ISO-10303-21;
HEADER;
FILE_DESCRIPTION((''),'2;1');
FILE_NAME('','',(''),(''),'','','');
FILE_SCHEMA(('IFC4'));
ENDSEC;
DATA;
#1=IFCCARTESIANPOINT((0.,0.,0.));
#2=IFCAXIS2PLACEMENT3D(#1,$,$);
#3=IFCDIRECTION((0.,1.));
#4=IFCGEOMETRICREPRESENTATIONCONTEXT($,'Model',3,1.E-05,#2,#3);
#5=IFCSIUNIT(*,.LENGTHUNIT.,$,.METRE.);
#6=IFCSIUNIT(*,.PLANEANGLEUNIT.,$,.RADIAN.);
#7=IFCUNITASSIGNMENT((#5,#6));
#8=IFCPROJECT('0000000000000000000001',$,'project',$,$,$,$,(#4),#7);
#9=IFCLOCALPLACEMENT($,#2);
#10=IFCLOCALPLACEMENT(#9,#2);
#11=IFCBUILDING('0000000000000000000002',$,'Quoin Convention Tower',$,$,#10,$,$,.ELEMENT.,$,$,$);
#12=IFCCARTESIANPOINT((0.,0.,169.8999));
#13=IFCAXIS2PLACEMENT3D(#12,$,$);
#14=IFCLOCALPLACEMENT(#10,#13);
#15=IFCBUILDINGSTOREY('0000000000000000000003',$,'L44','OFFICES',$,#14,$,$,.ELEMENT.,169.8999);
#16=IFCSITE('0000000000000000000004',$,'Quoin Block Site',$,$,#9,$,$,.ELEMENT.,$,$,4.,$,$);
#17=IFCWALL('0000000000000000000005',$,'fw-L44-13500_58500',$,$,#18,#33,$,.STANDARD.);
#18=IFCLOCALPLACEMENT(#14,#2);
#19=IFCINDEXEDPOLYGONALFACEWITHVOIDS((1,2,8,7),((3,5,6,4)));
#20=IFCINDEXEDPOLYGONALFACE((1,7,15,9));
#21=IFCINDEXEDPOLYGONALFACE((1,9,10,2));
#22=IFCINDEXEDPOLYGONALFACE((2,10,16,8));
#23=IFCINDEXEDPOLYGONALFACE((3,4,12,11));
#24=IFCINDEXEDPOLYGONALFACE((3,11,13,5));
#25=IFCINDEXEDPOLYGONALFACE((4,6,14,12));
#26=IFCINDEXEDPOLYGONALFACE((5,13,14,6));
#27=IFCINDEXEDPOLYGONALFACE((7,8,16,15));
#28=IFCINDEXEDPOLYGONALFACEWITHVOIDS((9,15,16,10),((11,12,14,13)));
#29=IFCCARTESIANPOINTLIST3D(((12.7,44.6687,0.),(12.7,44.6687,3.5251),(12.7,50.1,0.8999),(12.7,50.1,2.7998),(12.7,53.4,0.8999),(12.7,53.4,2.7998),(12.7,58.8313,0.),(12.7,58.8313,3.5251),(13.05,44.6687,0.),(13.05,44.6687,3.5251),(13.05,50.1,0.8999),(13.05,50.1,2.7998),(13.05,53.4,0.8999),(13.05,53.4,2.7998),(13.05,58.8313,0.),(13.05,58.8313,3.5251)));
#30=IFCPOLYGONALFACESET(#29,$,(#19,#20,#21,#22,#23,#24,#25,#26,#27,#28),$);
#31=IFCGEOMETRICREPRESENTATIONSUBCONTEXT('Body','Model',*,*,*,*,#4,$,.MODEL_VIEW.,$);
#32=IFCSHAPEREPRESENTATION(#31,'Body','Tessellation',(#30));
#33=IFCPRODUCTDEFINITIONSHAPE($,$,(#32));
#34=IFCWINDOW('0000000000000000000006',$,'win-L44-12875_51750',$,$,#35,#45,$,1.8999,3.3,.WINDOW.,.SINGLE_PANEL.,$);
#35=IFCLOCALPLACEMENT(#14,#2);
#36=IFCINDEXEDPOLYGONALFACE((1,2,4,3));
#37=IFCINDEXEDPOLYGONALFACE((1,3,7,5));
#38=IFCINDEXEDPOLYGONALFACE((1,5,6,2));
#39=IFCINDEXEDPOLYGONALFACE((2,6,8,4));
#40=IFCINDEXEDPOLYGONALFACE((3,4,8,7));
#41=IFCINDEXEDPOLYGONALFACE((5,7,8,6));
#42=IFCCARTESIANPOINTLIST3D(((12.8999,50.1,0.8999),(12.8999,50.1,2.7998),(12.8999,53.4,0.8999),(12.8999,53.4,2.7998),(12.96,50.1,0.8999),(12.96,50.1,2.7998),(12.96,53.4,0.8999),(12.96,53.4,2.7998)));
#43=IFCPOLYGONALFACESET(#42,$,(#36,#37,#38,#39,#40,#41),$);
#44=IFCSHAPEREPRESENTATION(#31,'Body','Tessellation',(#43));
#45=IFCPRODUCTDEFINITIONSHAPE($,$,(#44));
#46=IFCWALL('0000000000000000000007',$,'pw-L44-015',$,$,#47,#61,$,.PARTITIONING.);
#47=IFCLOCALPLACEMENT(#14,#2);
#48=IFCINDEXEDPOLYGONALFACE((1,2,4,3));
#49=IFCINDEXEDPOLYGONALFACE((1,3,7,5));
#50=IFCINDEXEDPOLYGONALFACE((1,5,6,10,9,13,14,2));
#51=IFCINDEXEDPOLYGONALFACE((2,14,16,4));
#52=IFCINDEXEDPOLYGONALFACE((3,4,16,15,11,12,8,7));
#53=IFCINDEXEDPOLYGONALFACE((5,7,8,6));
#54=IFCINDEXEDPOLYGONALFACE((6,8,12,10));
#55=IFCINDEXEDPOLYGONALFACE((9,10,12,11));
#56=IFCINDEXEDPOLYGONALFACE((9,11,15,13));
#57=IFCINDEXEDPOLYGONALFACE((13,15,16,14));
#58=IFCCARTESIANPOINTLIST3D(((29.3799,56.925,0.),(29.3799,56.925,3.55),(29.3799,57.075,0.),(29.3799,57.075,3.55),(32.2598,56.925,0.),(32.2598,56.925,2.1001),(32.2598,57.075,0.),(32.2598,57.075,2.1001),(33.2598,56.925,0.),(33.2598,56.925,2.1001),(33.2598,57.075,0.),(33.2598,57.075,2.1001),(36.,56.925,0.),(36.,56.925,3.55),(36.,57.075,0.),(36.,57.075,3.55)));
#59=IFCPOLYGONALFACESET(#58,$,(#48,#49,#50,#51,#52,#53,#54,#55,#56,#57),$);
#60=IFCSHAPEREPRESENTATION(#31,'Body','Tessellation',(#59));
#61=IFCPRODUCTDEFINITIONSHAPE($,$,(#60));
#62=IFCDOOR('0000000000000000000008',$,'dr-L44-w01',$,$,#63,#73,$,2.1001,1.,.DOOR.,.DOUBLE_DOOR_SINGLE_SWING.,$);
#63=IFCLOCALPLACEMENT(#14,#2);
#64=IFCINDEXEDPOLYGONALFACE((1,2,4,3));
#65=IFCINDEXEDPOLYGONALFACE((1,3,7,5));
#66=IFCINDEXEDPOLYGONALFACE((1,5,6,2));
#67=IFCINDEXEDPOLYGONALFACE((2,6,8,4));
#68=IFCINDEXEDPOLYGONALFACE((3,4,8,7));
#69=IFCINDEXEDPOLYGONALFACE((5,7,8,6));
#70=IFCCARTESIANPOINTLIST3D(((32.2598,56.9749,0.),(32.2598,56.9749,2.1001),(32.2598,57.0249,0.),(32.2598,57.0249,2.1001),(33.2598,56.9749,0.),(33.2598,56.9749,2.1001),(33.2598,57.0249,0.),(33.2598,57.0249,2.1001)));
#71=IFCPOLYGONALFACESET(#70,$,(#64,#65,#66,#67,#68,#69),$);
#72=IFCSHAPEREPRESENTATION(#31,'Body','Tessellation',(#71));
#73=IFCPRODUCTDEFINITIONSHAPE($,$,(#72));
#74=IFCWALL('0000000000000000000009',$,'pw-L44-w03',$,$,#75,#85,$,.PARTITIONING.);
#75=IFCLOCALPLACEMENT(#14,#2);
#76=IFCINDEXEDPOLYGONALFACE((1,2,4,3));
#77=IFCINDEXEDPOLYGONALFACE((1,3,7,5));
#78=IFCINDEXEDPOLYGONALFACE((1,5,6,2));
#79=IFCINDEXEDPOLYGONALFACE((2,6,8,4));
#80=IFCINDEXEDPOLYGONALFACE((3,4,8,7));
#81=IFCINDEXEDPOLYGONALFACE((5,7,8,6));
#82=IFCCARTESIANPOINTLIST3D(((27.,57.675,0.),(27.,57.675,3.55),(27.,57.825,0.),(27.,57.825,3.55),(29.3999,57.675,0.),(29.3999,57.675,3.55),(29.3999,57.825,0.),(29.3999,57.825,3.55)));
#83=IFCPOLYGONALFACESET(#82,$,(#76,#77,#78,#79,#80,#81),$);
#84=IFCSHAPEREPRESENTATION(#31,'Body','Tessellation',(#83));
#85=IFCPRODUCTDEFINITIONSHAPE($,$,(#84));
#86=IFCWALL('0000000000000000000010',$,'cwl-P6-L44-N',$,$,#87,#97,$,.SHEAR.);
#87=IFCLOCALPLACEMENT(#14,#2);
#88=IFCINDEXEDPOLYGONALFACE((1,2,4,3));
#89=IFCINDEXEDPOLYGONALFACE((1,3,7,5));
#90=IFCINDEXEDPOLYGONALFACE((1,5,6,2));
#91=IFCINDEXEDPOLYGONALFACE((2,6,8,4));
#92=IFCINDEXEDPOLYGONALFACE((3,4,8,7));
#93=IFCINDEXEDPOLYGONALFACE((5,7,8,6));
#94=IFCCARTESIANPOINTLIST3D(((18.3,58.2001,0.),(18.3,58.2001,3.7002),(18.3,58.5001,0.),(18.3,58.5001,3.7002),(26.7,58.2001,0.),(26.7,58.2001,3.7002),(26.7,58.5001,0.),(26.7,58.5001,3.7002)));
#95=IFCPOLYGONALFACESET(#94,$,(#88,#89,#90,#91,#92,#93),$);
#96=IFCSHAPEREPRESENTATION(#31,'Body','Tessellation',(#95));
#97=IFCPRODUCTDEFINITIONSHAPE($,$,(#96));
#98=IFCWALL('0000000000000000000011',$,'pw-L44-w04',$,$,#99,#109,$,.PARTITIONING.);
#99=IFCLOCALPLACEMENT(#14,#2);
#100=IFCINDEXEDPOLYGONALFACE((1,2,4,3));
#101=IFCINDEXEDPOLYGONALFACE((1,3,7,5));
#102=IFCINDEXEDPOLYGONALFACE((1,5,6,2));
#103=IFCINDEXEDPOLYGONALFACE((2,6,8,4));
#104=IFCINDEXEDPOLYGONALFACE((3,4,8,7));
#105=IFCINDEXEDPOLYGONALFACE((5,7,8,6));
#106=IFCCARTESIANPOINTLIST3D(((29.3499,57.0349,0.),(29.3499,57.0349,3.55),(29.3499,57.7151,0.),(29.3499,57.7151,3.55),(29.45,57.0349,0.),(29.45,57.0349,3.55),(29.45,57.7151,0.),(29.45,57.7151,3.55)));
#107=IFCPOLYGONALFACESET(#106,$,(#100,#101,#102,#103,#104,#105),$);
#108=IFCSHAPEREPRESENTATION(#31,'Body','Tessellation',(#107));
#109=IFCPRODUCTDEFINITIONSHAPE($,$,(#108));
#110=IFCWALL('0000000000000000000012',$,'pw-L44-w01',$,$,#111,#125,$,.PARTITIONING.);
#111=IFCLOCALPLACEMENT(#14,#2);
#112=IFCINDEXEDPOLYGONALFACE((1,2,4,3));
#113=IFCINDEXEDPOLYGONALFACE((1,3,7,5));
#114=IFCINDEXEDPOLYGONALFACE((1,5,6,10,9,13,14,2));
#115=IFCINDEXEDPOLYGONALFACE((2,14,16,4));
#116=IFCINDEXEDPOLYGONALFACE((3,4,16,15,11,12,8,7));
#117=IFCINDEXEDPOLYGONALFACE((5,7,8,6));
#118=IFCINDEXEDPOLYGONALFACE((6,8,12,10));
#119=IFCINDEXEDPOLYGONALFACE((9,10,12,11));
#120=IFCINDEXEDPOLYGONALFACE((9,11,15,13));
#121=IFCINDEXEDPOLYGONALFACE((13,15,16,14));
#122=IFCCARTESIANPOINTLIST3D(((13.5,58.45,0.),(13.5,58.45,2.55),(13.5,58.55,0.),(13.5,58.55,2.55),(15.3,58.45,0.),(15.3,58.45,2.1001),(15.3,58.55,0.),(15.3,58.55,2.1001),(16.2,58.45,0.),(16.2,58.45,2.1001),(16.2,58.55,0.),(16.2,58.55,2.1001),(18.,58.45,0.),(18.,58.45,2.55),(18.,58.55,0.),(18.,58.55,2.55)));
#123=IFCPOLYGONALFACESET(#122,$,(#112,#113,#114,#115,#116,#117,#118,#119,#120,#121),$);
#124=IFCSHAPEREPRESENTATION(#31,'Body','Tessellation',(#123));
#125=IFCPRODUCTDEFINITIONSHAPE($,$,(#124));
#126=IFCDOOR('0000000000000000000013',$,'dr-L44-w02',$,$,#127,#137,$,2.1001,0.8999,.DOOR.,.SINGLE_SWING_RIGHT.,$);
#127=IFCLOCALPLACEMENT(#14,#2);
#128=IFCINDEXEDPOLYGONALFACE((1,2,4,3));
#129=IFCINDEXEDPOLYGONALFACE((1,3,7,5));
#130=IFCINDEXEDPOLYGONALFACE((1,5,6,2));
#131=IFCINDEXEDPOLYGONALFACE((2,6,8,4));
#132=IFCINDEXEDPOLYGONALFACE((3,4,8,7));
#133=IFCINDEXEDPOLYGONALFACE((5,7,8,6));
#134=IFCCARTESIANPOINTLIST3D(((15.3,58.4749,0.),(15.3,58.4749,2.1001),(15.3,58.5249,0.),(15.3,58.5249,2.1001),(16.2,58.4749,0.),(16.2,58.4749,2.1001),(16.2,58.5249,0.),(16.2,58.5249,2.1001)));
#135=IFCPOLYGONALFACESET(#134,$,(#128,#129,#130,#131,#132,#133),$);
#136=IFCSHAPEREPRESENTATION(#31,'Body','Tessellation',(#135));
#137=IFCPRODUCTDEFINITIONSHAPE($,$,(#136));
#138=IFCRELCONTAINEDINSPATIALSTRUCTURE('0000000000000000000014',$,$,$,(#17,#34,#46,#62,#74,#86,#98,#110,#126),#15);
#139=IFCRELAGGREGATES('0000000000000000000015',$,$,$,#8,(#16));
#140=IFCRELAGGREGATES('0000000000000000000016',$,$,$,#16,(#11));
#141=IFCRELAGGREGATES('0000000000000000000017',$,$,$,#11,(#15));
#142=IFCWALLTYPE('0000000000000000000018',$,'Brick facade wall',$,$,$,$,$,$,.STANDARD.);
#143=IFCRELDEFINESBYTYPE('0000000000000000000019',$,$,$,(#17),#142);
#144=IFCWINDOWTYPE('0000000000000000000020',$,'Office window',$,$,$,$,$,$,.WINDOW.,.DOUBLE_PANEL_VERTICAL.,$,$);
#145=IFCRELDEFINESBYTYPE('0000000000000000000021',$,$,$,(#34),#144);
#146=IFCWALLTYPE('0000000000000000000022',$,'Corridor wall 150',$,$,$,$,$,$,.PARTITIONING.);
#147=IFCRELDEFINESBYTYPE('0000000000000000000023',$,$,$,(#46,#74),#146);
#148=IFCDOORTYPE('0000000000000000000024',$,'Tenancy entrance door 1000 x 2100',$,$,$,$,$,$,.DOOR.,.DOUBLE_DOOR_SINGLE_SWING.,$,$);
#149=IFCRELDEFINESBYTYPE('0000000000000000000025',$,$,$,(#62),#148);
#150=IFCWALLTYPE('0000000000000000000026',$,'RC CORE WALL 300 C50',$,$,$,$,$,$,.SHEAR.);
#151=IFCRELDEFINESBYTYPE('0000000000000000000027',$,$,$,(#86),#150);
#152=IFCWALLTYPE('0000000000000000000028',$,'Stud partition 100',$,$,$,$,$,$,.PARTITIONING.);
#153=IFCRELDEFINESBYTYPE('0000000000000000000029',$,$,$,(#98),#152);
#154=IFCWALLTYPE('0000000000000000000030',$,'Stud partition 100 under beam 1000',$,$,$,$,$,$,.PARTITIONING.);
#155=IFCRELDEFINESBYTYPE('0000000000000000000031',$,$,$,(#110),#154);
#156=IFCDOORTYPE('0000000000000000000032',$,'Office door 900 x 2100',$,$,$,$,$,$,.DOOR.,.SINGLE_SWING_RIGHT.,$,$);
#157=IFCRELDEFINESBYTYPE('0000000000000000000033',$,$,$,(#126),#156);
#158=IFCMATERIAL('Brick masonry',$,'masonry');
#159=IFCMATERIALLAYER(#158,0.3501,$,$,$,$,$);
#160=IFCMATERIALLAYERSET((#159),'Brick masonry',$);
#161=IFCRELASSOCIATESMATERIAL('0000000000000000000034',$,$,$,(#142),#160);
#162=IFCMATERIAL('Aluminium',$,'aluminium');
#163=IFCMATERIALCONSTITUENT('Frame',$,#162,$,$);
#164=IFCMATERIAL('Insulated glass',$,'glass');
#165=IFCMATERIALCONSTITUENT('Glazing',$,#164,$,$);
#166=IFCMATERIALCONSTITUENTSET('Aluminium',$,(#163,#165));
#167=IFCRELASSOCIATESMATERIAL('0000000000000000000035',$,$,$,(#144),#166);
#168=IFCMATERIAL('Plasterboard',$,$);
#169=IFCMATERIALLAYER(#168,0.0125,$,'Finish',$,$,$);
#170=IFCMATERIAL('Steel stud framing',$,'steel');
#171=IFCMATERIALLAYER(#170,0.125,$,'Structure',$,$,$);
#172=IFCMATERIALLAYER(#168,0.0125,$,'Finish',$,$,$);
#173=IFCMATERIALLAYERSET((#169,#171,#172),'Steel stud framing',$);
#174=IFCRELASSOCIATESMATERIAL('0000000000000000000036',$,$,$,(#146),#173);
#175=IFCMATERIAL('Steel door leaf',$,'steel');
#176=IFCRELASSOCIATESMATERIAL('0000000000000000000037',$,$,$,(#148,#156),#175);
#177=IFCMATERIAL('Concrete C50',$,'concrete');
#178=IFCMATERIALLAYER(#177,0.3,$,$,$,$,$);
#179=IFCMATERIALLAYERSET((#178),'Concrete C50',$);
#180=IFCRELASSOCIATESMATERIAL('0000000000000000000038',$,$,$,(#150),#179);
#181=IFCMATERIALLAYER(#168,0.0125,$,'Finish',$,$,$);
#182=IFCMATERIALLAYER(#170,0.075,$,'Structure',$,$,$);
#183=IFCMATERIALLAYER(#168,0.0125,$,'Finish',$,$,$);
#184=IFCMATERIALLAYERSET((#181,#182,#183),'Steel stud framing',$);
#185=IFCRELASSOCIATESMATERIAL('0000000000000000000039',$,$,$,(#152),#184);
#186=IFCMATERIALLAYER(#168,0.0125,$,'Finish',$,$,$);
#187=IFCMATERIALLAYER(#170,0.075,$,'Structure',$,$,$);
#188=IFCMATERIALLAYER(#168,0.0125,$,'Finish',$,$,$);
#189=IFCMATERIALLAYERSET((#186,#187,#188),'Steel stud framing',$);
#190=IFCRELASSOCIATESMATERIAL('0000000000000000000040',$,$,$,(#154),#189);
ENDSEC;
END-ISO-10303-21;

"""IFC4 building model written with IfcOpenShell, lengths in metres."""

from ifc_helpers import new_model, si_unit, direction, frame, frame_2d, origin, place, context, subcontext, project, spatial, rectangle, extrude, material, layer, layer_set, constituent, constituent_set, type_object, element, fill, save


model = new_model("IFC4")

# Units and contexts
model_context = context("Model", 3, precision=1e-05, world=origin(), true_north=direction((0.0, 1.0)))
body_context = subcontext(model_context, "Body", "Model", "MODEL_VIEW")
ifc_project = project(units=[si_unit("LENGTHUNIT", "METRE"), si_unit("PLANEANGLEUNIT", "RADIAN")], contexts=[model_context])

# Site, building, storey
site_placement = place(None, origin())
site = spatial("IfcSite", under=ifc_project, at=site_placement, Name="Quoin Block Site", CompositionType="ELEMENT", RefElevation=4.0)
building_placement = place(site_placement, origin())
building = spatial("IfcBuilding", under=site, at=building_placement, Name="Quoin Convention Tower", CompositionType="ELEMENT")
storey_placement = place(building_placement, frame((0.0, 0.0, 169.8999)))
storey = spatial("IfcBuildingStorey", under=building, at=storey_placement, Name="L44", Description="OFFICES", CompositionType="ELEMENT", Elevation=169.8999)

# Shared definitions
ifc_material_1 = material(Name="Concrete C50", Category="concrete")

# Wall, opening, window
ifc_material_2 = material(Name="Brick masonry", Category="masonry")
ifc_layer_1 = layer(ifc_material_2, 0.3501)
ifc_layer_set_1 = layer_set([ifc_layer_1], Name="Brick masonry")
wall_type_1 = type_object("IfcWallType", Name="Brick facade wall", PredefinedType="STANDARD", material=ifc_layer_set_1)
ifc_material_3 = material(Name="Aluminium", Category="aluminium")
ifc_constituent_1 = constituent(ifc_material_3, Name="Frame")
ifc_material_4 = material(Name="Insulated glass", Category="glass")
ifc_constituent_2 = constituent(ifc_material_4, Name="Glazing")
ifc_constituent_set = constituent_set(constituents=[ifc_constituent_1, ifc_constituent_2], Name="Aluminium")
window_type = type_object("IfcWindowType", Name="Office window", PartitioningType="DOUBLE_PANEL_VERTICAL", PredefinedType="WINDOW", material=ifc_constituent_set)
wall_1_placement = place(storey_placement, frame((12.875, 58.8313, 0.0), z_axis=(0.0, 0.0, 1.0), x_axis=(0.0, -1.0, 0.0)))
wall_1 = element("IfcWall", 1, at=wall_1_placement, inside=storey, type_object=wall_type_1, Name="fw-L44-13500_58500", PredefinedType="STANDARD", context=body_context, shape_type="SweptSolid", body=[
    extrude(rectangle(XDim=14.1626, YDim=0.3501, at=frame_2d((7.0813, 0.0))), origin(), (0.0, 0.0, 1.0), 3.5251),
])
opening_1_placement = place(wall_1_placement, frame((5.4314, 0.0, 0.8999)))
opening_1 = element("IfcOpeningElement", 2, at=opening_1_placement, cuts=wall_1, PredefinedType="OPENING", context=body_context, shape_type="SweptSolid", body=[
    extrude(rectangle(XDim=3.3, YDim=1.8999, at=frame_2d((1.6499, 0.95))), frame((0.0, 0.1851, 0.0), z_axis=(0.0, -1.0, 0.0), x_axis=(1.0, 0.0, 0.0)), (0.0, 0.0, 1.0), 0.3701),
])
window_1_placement = place(opening_1_placement, origin())
window_1 = element("IfcWindow", 3, at=window_1_placement, inside=storey, type_object=window_type, Name="win-L44-12875_51750", OverallHeight=1.8999, OverallWidth=3.3, PartitioningType="SINGLE_PANEL", PredefinedType="WINDOW", context=body_context, shape_type="SweptSolid", body=[
    extrude(rectangle(XDim=3.3, YDim=1.8999, at=frame_2d((1.6499, 0.95))), frame((0.0, 0.085, 0.0), z_axis=(0.0, -1.0, 0.0), x_axis=(1.0, 0.0, 0.0)), (0.0, 0.0, 1.0), 0.0601),
])
fill(opening_1, window_1)

# Wall, opening, door
ifc_material_5 = material(Name="Plasterboard")
ifc_layer_2 = layer(ifc_material_5, 0.0125, Name="Finish")
ifc_material_6 = material(Name="Steel stud framing", Category="steel")
ifc_layer_3 = layer(ifc_material_6, 0.125, Name="Structure")
ifc_layer_4 = layer(ifc_material_5, 0.0125, Name="Finish")
ifc_layer_set_2 = layer_set([ifc_layer_2, ifc_layer_3, ifc_layer_4], Name="Steel stud framing")
wall_type_2 = type_object("IfcWallType", Name="Corridor wall 150", PredefinedType="PARTITIONING", material=ifc_layer_set_2)
wall_2_placement = place(storey_placement, frame((29.3799, 57.0, 0.0), z_axis=(0.0, 0.0, 1.0), x_axis=(1.0, 0.0, 0.0)))
wall_2 = element("IfcWall", 4, at=wall_2_placement, inside=storey, type_object=wall_type_2, Name="pw-L44-015", PredefinedType="PARTITIONING", context=body_context, shape_type="SweptSolid", body=[
    extrude(rectangle(XDim=6.6201, YDim=0.1499, at=frame_2d((3.3101, 0.0))), origin(), (0.0, 0.0, 1.0), 3.55),
])
opening_2_placement = place(wall_2_placement, frame((2.8799, 0.0, 0.0)))
opening_2 = element("IfcOpeningElement", 5, at=opening_2_placement, cuts=wall_2, PredefinedType="OPENING", context=body_context, shape_type="SweptSolid", body=[
    extrude(rectangle(XDim=1.0, YDim=2.1001, at=frame_2d((0.5, 1.05))), frame((0.0, 0.085, 0.0), z_axis=(0.0, -1.0, 0.0), x_axis=(1.0, 0.0, 0.0)), (0.0, 0.0, 1.0), 0.1699),
])
ifc_material_7 = material(Name="Steel door leaf", Category="steel")
door_type_1 = type_object("IfcDoorType", Name="Tenancy entrance door 1000 x 2100", OperationType="DOUBLE_DOOR_SINGLE_SWING", PredefinedType="DOOR", material=ifc_material_7)
door_1_placement = place(opening_2_placement, origin())
door_1 = element("IfcDoor", 6, at=door_1_placement, inside=storey, type_object=door_type_1, Name="dr-L44-w01", OperationType="DOUBLE_DOOR_SINGLE_SWING", OverallHeight=2.1001, OverallWidth=1.0, PredefinedType="DOOR", context=body_context, shape_type="SweptSolid", body=[
    extrude(rectangle(XDim=1.0, YDim=2.1001, at=frame_2d((0.5, 1.05))), frame((0.0, 0.0249, 0.0), z_axis=(0.0, -1.0, 0.0), x_axis=(1.0, 0.0, 0.0)), (0.0, 0.0, 1.0), 0.05),
])
fill(opening_2, door_1)

# Walls
wall_3_placement = place(storey_placement, frame((27.0, 57.75, 0.0), z_axis=(0.0, 0.0, 1.0), x_axis=(1.0, 0.0, 0.0)))
element("IfcWall", 7, at=wall_3_placement, inside=storey, type_object=wall_type_2, Name="pw-L44-w03", PredefinedType="PARTITIONING", context=body_context, shape_type="SweptSolid", body=[
    extrude(rectangle(XDim=2.3999, YDim=0.1499, at=frame_2d((1.2, 0.0))), origin(), (0.0, 0.0, 1.0), 3.55),
])
ifc_layer_5 = layer(ifc_material_1, 0.3)
ifc_layer_set_3 = layer_set([ifc_layer_5], Name="Concrete C50")
wall_type_3 = type_object("IfcWallType", Name="RC CORE WALL 300 C50", PredefinedType="SHEAR", material=ifc_layer_set_3)
wall_4_placement = place(storey_placement, frame((18.3, 58.3501, 0.0), z_axis=(0.0, 0.0, 1.0), x_axis=(1.0, 0.0, 0.0)))
element("IfcWall", 8, at=wall_4_placement, inside=storey, type_object=wall_type_3, Name="cwl-P6-L44-N", PredefinedType="SHEAR", context=body_context, shape_type="SweptSolid", body=[
    extrude(rectangle(XDim=8.3999, YDim=0.3, at=frame_2d((4.2, 0.0))), origin(), (0.0, 0.0, 1.0), 3.7002),
])
ifc_layer_6 = layer(ifc_material_5, 0.0125, Name="Finish")
ifc_layer_7 = layer(ifc_material_6, 0.075, Name="Structure")
ifc_layer_8 = layer(ifc_material_5, 0.0125, Name="Finish")
ifc_layer_set_4 = layer_set([ifc_layer_6, ifc_layer_7, ifc_layer_8], Name="Steel stud framing")
wall_type_4 = type_object("IfcWallType", Name="Stud partition 100", PredefinedType="PARTITIONING", material=ifc_layer_set_4)
wall_5_placement = place(storey_placement, frame((29.3999, 57.7151, 0.0), z_axis=(0.0, 0.0, 1.0), x_axis=(0.0, -1.0, 0.0)))
element("IfcWall", 9, at=wall_5_placement, inside=storey, type_object=wall_type_4, Name="pw-L44-w04", PredefinedType="PARTITIONING", context=body_context, shape_type="SweptSolid", body=[
    extrude(rectangle(XDim=0.6802, YDim=0.1001, at=frame_2d((0.3401, 0.0))), origin(), (0.0, 0.0, 1.0), 3.55),
])

# Wall, opening, door
ifc_layer_9 = layer(ifc_material_5, 0.0125, Name="Finish")
ifc_layer_10 = layer(ifc_material_6, 0.075, Name="Structure")
ifc_layer_11 = layer(ifc_material_5, 0.0125, Name="Finish")
ifc_layer_set_5 = layer_set([ifc_layer_9, ifc_layer_10, ifc_layer_11], Name="Steel stud framing")
wall_type_5 = type_object("IfcWallType", Name="Stud partition 100 under beam 1000", PredefinedType="PARTITIONING", material=ifc_layer_set_5)
wall_6_placement = place(storey_placement, frame((13.5, 58.5, 0.0), z_axis=(0.0, 0.0, 1.0), x_axis=(1.0, 0.0, 0.0)))
wall_6 = element("IfcWall", 10, at=wall_6_placement, inside=storey, type_object=wall_type_5, Name="pw-L44-w01", PredefinedType="PARTITIONING", context=body_context, shape_type="SweptSolid", body=[
    extrude(rectangle(XDim=4.5, YDim=0.1001, at=frame_2d((2.25, 0.0))), origin(), (0.0, 0.0, 1.0), 2.55),
])
opening_3_placement = place(wall_6_placement, frame((1.8, 0.0, 0.0)))
opening_3 = element("IfcOpeningElement", 11, at=opening_3_placement, cuts=wall_6, PredefinedType="OPENING", context=body_context, shape_type="SweptSolid", body=[
    extrude(rectangle(XDim=0.8999, YDim=2.1001, at=frame_2d((0.45, 1.05))), frame((0.0, 0.0601, 0.0), z_axis=(0.0, -1.0, 0.0), x_axis=(1.0, 0.0, 0.0)), (0.0, 0.0, 1.0), 0.1201),
])
door_type_2 = type_object("IfcDoorType", Name="Office door 900 x 2100", OperationType="SINGLE_SWING_RIGHT", PredefinedType="DOOR", material=ifc_material_7)
door_2_placement = place(opening_3_placement, origin())
door_2 = element("IfcDoor", 12, at=door_2_placement, inside=storey, type_object=door_type_2, Name="dr-L44-w02", OperationType="SINGLE_SWING_RIGHT", OverallHeight=2.1001, OverallWidth=0.8999, PredefinedType="DOOR", context=body_context, shape_type="SweptSolid", body=[
    extrude(rectangle(XDim=0.8999, YDim=2.1001, at=frame_2d((0.45, 1.05))), frame((0.0, 0.0249, 0.0), z_axis=(0.0, -1.0, 0.0), x_axis=(1.0, 0.0, 0.0)), (0.0, 0.0, 1.0), 0.05),
])
fill(opening_3, door_2)

save(model, "model.ifc")
